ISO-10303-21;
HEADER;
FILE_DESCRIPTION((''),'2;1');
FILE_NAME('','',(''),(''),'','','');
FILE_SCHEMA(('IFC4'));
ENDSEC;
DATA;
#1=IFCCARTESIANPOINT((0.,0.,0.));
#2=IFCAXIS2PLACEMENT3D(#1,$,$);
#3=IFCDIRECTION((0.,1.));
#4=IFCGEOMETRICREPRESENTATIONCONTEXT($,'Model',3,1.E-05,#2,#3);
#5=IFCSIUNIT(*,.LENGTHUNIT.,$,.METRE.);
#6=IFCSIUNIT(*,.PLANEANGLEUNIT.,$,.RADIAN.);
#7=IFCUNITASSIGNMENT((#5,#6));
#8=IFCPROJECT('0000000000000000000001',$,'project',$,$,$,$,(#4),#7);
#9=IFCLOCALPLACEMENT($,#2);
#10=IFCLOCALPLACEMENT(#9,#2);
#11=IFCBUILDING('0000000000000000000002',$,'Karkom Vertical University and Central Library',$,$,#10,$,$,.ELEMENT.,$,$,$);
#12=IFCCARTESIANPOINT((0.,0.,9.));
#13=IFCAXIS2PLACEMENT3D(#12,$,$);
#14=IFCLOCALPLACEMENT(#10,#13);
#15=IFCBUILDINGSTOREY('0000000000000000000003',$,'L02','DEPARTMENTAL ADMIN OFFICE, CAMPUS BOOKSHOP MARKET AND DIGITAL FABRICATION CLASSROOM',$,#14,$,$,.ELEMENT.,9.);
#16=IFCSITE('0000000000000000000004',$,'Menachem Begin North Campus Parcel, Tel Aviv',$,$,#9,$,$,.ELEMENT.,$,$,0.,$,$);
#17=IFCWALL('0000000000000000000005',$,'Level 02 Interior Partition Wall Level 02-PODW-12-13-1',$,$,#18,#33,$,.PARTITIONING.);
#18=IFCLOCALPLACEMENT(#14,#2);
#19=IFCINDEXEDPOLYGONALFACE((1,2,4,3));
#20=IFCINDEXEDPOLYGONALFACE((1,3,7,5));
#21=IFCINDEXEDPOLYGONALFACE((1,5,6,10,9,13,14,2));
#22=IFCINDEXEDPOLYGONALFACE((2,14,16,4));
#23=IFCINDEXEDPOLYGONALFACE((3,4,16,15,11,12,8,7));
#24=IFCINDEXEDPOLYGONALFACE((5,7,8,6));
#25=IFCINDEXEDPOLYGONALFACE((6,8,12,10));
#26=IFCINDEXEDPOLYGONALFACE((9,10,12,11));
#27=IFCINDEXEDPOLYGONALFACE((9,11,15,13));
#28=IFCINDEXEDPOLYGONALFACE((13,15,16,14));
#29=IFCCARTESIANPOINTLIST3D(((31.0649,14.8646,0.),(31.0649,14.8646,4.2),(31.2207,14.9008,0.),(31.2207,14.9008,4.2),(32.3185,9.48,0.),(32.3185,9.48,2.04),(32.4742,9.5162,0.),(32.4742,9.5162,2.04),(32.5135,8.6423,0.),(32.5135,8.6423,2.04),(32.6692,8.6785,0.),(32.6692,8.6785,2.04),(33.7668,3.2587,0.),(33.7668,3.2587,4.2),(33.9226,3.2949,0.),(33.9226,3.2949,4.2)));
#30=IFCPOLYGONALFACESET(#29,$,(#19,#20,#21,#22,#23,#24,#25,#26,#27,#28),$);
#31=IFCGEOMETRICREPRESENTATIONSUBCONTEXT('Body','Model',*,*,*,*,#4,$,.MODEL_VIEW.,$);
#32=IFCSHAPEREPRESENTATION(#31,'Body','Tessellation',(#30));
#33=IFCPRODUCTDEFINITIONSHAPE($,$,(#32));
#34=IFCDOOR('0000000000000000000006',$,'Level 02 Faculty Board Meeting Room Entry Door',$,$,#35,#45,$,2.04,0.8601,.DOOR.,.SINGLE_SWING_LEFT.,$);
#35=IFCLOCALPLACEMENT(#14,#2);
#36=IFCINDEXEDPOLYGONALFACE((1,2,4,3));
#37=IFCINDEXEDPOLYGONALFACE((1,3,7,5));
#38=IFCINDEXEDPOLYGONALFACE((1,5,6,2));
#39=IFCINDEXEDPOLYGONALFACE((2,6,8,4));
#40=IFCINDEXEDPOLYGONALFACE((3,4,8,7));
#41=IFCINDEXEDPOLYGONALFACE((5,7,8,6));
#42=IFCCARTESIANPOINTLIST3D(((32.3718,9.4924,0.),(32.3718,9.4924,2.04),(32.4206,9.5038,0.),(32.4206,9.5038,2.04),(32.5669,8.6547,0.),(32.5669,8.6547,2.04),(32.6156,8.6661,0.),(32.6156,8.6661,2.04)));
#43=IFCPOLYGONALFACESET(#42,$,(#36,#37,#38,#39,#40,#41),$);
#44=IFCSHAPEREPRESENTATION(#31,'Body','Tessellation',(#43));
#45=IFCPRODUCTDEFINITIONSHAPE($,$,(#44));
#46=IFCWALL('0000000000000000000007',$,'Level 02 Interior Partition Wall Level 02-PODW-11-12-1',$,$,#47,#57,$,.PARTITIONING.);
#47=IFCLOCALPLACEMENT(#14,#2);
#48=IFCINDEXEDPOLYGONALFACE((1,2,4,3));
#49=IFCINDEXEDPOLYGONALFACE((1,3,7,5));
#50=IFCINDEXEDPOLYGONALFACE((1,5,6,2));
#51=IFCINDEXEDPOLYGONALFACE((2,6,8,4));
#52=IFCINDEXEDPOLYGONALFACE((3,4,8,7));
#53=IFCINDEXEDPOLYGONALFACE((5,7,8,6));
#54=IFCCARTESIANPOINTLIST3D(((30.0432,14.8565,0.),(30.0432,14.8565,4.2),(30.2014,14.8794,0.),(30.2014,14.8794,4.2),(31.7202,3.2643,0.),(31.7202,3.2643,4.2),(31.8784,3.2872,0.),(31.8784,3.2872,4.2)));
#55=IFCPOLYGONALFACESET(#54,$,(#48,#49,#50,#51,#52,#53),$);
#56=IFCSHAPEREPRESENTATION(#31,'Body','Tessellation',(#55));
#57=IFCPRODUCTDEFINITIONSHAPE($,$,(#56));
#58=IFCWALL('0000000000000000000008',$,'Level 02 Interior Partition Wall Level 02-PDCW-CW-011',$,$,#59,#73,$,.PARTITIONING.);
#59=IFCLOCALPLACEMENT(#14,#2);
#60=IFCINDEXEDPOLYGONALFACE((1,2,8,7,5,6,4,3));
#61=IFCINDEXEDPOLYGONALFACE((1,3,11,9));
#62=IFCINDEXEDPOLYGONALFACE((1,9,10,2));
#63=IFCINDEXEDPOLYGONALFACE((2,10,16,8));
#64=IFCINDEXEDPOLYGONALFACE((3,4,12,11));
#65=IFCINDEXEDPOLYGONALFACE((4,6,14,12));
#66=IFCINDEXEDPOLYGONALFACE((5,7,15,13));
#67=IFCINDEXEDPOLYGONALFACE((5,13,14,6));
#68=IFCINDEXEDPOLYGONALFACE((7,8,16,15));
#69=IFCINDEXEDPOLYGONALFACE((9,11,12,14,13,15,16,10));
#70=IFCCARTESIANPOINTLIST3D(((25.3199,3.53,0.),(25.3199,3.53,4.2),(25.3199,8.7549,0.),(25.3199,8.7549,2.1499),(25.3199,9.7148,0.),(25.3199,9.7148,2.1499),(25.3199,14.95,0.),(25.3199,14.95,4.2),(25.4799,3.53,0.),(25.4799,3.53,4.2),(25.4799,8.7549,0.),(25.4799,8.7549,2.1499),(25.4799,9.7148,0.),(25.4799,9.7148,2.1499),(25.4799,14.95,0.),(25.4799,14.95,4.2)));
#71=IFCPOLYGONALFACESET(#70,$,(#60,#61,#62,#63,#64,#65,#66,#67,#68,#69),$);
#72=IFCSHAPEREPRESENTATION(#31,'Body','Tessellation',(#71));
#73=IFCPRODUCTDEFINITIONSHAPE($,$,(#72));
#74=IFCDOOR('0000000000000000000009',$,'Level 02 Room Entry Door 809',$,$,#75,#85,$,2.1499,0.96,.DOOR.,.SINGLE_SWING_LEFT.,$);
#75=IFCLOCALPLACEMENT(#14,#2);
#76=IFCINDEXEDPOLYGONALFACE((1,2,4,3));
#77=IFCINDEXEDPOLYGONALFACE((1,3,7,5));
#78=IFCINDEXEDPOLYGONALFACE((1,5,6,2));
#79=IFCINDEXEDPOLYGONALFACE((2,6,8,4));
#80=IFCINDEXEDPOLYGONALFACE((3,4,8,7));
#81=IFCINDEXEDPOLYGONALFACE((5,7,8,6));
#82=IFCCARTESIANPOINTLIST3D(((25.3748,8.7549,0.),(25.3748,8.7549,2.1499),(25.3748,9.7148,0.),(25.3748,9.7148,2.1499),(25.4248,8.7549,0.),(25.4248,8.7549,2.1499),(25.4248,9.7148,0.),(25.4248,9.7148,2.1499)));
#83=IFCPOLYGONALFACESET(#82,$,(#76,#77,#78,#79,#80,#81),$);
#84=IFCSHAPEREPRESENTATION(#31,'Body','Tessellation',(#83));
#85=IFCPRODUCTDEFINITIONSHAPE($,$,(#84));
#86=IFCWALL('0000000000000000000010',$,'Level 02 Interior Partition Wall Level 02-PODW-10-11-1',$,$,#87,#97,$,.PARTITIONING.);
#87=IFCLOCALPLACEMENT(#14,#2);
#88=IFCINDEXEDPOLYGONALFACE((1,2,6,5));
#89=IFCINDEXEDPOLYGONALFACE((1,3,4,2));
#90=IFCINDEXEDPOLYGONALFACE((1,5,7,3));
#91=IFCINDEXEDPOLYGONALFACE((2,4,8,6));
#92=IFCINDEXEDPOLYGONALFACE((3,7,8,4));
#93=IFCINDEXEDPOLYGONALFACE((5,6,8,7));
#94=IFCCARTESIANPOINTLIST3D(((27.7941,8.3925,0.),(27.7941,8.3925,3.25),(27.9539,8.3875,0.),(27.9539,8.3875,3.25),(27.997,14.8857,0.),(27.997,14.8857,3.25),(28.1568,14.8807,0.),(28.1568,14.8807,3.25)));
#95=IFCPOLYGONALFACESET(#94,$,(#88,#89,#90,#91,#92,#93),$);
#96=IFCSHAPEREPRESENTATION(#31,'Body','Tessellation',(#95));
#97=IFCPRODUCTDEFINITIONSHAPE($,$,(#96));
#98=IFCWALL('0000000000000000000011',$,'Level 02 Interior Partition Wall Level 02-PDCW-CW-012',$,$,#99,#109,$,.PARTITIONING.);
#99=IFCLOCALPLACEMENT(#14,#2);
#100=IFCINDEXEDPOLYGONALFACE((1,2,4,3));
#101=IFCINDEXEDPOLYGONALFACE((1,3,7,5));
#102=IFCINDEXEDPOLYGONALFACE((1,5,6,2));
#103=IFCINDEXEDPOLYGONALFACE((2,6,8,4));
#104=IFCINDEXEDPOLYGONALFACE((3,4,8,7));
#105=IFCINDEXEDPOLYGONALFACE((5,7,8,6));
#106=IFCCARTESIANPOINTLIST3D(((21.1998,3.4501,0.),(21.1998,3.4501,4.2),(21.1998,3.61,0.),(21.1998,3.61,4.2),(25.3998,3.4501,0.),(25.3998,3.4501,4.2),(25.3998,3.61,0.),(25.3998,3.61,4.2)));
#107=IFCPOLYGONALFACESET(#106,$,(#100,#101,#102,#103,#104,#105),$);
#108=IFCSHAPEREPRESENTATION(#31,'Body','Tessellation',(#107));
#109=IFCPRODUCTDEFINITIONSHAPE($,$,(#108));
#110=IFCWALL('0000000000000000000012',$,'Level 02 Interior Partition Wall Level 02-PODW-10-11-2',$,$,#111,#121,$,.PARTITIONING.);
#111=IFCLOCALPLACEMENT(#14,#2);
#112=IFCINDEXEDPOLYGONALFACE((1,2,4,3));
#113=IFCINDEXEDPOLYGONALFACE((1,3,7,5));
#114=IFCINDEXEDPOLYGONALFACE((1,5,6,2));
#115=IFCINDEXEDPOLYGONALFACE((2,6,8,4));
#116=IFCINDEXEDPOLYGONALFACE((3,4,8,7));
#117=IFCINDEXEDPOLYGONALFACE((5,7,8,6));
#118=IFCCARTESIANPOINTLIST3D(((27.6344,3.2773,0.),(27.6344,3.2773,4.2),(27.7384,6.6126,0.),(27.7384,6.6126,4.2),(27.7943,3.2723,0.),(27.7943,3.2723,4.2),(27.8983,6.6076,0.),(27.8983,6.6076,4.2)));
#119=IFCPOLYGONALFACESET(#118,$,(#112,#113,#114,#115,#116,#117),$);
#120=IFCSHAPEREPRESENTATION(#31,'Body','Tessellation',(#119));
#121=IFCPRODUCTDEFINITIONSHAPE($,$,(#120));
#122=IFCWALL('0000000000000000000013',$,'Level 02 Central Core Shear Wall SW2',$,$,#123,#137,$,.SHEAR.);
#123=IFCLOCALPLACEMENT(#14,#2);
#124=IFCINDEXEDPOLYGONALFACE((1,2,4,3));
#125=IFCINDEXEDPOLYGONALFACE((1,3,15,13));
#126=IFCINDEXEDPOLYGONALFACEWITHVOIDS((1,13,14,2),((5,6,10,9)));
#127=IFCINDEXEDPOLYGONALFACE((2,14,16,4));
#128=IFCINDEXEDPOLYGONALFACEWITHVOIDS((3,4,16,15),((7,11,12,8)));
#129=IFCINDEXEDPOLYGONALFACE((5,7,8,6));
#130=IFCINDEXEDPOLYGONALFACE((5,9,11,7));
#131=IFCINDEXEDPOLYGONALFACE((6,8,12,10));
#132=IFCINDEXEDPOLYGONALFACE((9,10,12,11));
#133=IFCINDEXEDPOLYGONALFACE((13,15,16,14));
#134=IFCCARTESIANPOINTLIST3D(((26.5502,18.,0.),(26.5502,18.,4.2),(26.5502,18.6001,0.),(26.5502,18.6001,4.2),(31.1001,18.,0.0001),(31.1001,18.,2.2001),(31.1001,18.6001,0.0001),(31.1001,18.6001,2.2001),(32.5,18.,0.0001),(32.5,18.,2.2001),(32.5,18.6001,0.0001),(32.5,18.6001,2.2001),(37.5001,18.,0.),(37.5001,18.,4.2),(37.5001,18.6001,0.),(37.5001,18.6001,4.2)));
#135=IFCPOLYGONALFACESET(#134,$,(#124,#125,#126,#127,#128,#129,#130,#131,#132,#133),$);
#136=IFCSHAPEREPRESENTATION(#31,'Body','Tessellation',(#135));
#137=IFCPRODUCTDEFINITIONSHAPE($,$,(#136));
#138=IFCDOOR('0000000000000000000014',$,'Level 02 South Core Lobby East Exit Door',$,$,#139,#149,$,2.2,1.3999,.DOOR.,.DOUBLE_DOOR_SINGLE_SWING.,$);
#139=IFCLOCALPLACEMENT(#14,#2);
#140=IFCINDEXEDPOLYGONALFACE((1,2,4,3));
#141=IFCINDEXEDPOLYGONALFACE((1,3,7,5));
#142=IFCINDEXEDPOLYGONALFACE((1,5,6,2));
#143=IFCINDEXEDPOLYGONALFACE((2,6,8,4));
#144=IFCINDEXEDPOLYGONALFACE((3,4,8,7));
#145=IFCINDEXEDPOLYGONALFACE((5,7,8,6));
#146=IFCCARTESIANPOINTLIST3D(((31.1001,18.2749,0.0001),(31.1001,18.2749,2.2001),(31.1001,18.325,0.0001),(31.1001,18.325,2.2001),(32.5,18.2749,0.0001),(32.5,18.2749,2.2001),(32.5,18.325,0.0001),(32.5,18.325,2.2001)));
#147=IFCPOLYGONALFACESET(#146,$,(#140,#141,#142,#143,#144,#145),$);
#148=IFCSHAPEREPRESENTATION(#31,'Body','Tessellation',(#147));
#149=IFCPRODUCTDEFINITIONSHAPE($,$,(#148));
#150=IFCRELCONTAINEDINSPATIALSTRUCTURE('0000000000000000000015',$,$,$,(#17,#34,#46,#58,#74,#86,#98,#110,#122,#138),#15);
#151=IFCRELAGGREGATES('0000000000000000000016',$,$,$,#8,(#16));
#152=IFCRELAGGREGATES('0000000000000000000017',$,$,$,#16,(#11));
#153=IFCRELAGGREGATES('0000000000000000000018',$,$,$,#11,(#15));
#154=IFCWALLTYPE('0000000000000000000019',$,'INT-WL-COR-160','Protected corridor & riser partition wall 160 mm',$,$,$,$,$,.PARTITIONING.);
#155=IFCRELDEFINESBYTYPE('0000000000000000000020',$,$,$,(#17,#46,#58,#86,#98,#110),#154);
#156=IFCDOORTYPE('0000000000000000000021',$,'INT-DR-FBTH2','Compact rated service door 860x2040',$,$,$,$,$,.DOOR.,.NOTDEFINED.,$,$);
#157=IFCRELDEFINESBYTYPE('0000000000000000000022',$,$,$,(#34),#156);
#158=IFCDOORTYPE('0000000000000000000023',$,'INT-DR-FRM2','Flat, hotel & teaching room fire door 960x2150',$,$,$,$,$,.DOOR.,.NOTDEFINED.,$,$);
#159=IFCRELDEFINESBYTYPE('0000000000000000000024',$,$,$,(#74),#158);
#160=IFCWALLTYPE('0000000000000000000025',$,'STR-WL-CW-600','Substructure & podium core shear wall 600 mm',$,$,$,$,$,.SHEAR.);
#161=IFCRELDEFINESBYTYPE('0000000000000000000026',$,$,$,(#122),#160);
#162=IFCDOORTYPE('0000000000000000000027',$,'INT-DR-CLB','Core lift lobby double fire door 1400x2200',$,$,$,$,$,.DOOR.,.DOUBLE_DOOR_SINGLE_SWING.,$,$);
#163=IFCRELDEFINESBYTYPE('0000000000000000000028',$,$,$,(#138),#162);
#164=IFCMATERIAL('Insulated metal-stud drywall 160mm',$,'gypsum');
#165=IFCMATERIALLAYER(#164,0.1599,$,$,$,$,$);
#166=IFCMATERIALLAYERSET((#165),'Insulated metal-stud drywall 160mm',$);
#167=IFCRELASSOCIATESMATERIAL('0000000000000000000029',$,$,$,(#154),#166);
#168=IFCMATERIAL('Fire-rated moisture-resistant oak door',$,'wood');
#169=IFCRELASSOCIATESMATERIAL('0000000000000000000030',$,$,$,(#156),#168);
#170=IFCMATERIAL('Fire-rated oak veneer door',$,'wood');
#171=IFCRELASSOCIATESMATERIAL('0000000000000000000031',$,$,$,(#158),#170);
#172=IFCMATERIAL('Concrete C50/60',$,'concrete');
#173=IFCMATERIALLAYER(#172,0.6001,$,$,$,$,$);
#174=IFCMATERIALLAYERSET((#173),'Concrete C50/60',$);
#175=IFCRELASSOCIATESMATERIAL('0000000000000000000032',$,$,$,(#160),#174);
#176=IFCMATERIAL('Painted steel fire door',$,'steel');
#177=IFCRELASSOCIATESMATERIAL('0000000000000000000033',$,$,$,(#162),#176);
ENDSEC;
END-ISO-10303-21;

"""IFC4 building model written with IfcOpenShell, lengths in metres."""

from ifc_helpers import new_model, si_unit, direction, frame, frame_2d, origin, origin_with_axes, place, context, subcontext, project, spatial, rectangle, extrude, source, transform, mapped, material, layer, layer_set, type_object, element, fill, save


model = new_model("IFC4")

# Units and contexts
model_context = context("Model", 3, precision=1e-05, world=origin(), true_north=direction((0.0, 1.0)))
body_context = subcontext(model_context, "Body", "Model", "MODEL_VIEW")
ifc_project = project(units=[si_unit("LENGTHUNIT", "METRE"), si_unit("PLANEANGLEUNIT", "RADIAN")], contexts=[model_context])

# Site, building, storey
site_placement = place(None, origin())
site = spatial("IfcSite", under=ifc_project, at=site_placement, Name="Menachem Begin North Campus Parcel, Tel Aviv", CompositionType="ELEMENT", RefElevation=0.0)
building_placement = place(site_placement, origin())
building = spatial("IfcBuilding", under=site, at=building_placement, Name="Karkom Vertical University and Central Library", CompositionType="ELEMENT")
storey_placement = place(building_placement, frame((0.0, 0.0, 9.0)))
storey = spatial("IfcBuildingStorey", under=building, at=storey_placement, Name="L02", Description="DEPARTMENTAL ADMIN OFFICE, CAMPUS BOOKSHOP MARKET AND DIGITAL FABRICATION CLASSROOM", CompositionType="ELEMENT", Elevation=9.0)

# Shared definitions
ifc_material_1 = material(Name="Concrete C50/60", Category="concrete")

# Shared definitions
ifc_material_2 = material(Name="Insulated metal-stud drywall 160mm", Category="gypsum")
ifc_layer_1 = layer(ifc_material_2, 0.1599)
ifc_layer_set_1 = layer_set([ifc_layer_1], Name="Insulated metal-stud drywall 160mm")
wall_type_1 = type_object("IfcWallType", Name="INT-WL-COR-160", Description="Protected corridor & riser partition wall 160 mm", PredefinedType="PARTITIONING", material=ifc_layer_set_1)

# Wall, opening, door
wall_1_placement = place(storey_placement, frame((31.1428, 14.8826, 0.0), z_axis=(0.0, 0.0, 1.0), x_axis=(0.22674, -0.973955, 0.0)))
wall_1 = element("IfcWall", 1, at=wall_1_placement, inside=storey, type_object=wall_type_1, Name="Level 02 Interior Partition Wall Level 02-PODW-12-13-1", PredefinedType="PARTITIONING", context=body_context, shape_type="SweptSolid", body=[
    extrude(rectangle(XDim=11.9163, YDim=0.1599, at=frame_2d((5.958, 0.0))), origin(), (0.0, 0.0, 1.0), 4.2),
])
opening_1_placement = place(wall_1_placement, frame((5.5283, 0.0, 0.0)))
opening_1 = element("IfcOpeningElement", 2, at=opening_1_placement, cuts=wall_1, PredefinedType="OPENING", context=body_context, shape_type="SweptSolid", body=[
    extrude(rectangle(XDim=0.8601, YDim=2.04, at=frame_2d((0.4302, 1.02))), frame((0.0, 0.0898, 0.0), z_axis=(0.0, -1.0, 0.0), x_axis=(1.0, 0.0, 0.0)), (0.0, 0.0, 1.0), 0.1799),
])
ifc_material_3 = material(Name="Fire-rated moisture-resistant oak door", Category="wood")
door_type_1 = type_object("IfcDoorType", Name="INT-DR-FBTH2", Description="Compact rated service door 860x2040", OperationType="NOTDEFINED", PredefinedType="DOOR", material=ifc_material_3)
shared_shape_1 = source(origin_with_axes(), body_context, "Body", "SweptSolid", [
    extrude(rectangle(XDim=0.8601, YDim=2.04, at=frame_2d((0.4302, 1.02))), frame((0.0, 0.0249, 0.0), z_axis=(0.0, -1.0, 0.0), x_axis=(1.0, 0.0, 0.0)), (0.0, 0.0, 1.0), 0.05),
])
door_1_placement = place(opening_1_placement, origin())
door_1 = element("IfcDoor", 3, at=door_1_placement, inside=storey, type_object=door_type_1, Name="Level 02 Faculty Board Meeting Room Entry Door", OperationType="SINGLE_SWING_LEFT", OverallHeight=2.04, OverallWidth=0.8601, PredefinedType="DOOR", context=body_context, shape_type="MappedRepresentation", body=[
    mapped(shared_shape_1, transform((0.0, 0.0, 0.0), scale=1.0)),
])
fill(opening_1, door_1)

# Wall
wall_2_placement = place(storey_placement, frame((30.1223, 14.8679, 0.0), z_axis=(0.0, 0.0, 1.0), x_axis=(0.143175, -0.989697, 0.0)))
element("IfcWall", 4, at=wall_2_placement, inside=storey, type_object=wall_type_1, Name="Level 02 Interior Partition Wall Level 02-PODW-11-12-1", PredefinedType="PARTITIONING", context=body_context, shape_type="SweptSolid", body=[
    extrude(rectangle(XDim=11.7129, YDim=0.1599, at=frame_2d((5.8564, 0.0))), origin(), (0.0, 0.0, 1.0), 4.2),
])

# Wall, opening, door
wall_3_placement = place(storey_placement, frame((25.3999, 14.95, 0.0), z_axis=(0.0, 0.0, 1.0), x_axis=(0.0, -1.0, 0.0)))
wall_3 = element("IfcWall", 5, at=wall_3_placement, inside=storey, type_object=wall_type_1, Name="Level 02 Interior Partition Wall Level 02-PDCW-CW-011", PredefinedType="PARTITIONING", context=body_context, shape_type="SweptSolid", body=[
    extrude(rectangle(XDim=11.4199, YDim=0.1599, at=frame_2d((5.71, 0.0))), origin(), (0.0, 0.0, 1.0), 4.2),
])
opening_2_placement = place(wall_3_placement, frame((5.2351, 0.0, 0.0)))
opening_2 = element("IfcOpeningElement", 6, at=opening_2_placement, cuts=wall_3, PredefinedType="OPENING", context=body_context, shape_type="SweptSolid", body=[
    extrude(rectangle(XDim=0.96, YDim=2.1499, at=frame_2d((0.48, 1.075))), frame((0.0, 0.0898, 0.0), z_axis=(0.0, -1.0, 0.0), x_axis=(1.0, 0.0, 0.0)), (0.0, 0.0, 1.0), 0.1799),
])
ifc_material_4 = material(Name="Fire-rated oak veneer door", Category="wood")
door_type_2 = type_object("IfcDoorType", Name="INT-DR-FRM2", Description="Flat, hotel & teaching room fire door 960x2150", OperationType="NOTDEFINED", PredefinedType="DOOR", material=ifc_material_4)
shared_shape_2 = source(origin_with_axes(), body_context, "Body", "SweptSolid", [
    extrude(rectangle(XDim=0.96, YDim=2.1499, at=frame_2d((0.48, 1.075))), frame((0.0, 0.0249, 0.0), z_axis=(0.0, -1.0, 0.0), x_axis=(1.0, 0.0, 0.0)), (0.0, 0.0, 1.0), 0.05),
])
door_2_placement = place(opening_2_placement, origin())
door_2 = element("IfcDoor", 7, at=door_2_placement, inside=storey, type_object=door_type_2, Name="Level 02 Room Entry Door 809", OperationType="SINGLE_SWING_LEFT", OverallHeight=2.1499, OverallWidth=0.96, PredefinedType="DOOR", context=body_context, shape_type="MappedRepresentation", body=[
    mapped(shared_shape_2, transform((0.0, 0.0, 0.0), scale=1.0)),
])
fill(opening_2, door_2)

# Walls
wall_4_placement = place(storey_placement, frame((28.0769, 14.8831, 0.0), z_axis=(0.0, 0.0, 1.0), x_axis=(-0.03123, -0.999512, 0.0)))
element("IfcWall", 8, at=wall_4_placement, inside=storey, type_object=wall_type_1, Name="Level 02 Interior Partition Wall Level 02-PODW-10-11-1", PredefinedType="PARTITIONING", context=body_context, shape_type="SweptSolid", body=[
    extrude(rectangle(XDim=6.4963, YDim=0.1599, at=frame_2d((3.248, 0.0))), origin(), (0.0, 0.0, 1.0), 3.25),
])
wall_5_placement = place(storey_placement, frame((25.3999, 3.53, 0.0), z_axis=(0.0, 0.0, 1.0), x_axis=(-1.0, 0.0, 0.0)))
element("IfcWall", 9, at=wall_5_placement, inside=storey, type_object=wall_type_1, Name="Level 02 Interior Partition Wall Level 02-PDCW-CW-012", PredefinedType="PARTITIONING", context=body_context, shape_type="SweptSolid", body=[
    extrude(rectangle(XDim=4.2, YDim=0.1599, at=frame_2d((2.1001, 0.0))), origin(), (0.0, 0.0, 1.0), 4.2),
])
wall_6_placement = place(storey_placement, frame((27.8184, 6.6101, 0.0), z_axis=(0.0, 0.0, 1.0), x_axis=(-0.031169, -0.999514, 0.0)))
element("IfcWall", 10, at=wall_6_placement, inside=storey, type_object=wall_type_1, Name="Level 02 Interior Partition Wall Level 02-PODW-10-11-2", PredefinedType="PARTITIONING", context=body_context, shape_type="SweptSolid", body=[
    extrude(rectangle(XDim=3.3369, YDim=0.1599, at=frame_2d((1.6685, 0.0))), origin(), (0.0, 0.0, 1.0), 4.2),
])

# Wall, opening, door
ifc_layer_2 = layer(ifc_material_1, 0.6001)
ifc_layer_set_2 = layer_set([ifc_layer_2], Name="Concrete C50/60")
wall_type_2 = type_object("IfcWallType", Name="STR-WL-CW-600", Description="Substructure & podium core shear wall 600 mm", PredefinedType="SHEAR", material=ifc_layer_set_2)
wall_7_placement = place(storey_placement, frame((26.55, 18.3, 0.0), z_axis=(0.0, 0.0, 1.0), x_axis=(1.0, 0.0, 0.0)))
wall_7 = element("IfcWall", 11, at=wall_7_placement, inside=storey, type_object=wall_type_2, Name="Level 02 Central Core Shear Wall SW2", PredefinedType="SHEAR", context=body_context, shape_type="SweptSolid", body=[
    extrude(rectangle(XDim=10.95, YDim=0.6001, at=frame_2d((5.4751, 0.0))), origin(), (0.0, 0.0, 1.0), 4.2),
])
opening_3_placement = place(wall_7_placement, frame((4.55, 0.0, 0.0)))
opening_3 = element("IfcOpeningElement", 12, at=opening_3_placement, cuts=wall_7, PredefinedType="OPENING", context=body_context, shape_type="SweptSolid", body=[
    extrude(rectangle(XDim=1.3999, YDim=2.2, at=frame_2d((0.7, 1.1001))), frame((0.0, 0.3101, 0.0), z_axis=(0.0, -1.0, 0.0), x_axis=(1.0, 0.0, 0.0)), (0.0, 0.0, 1.0), 0.6201),
])
ifc_material_5 = material(Name="Painted steel fire door", Category="steel")
door_type_3 = type_object("IfcDoorType", Name="INT-DR-CLB", Description="Core lift lobby double fire door 1400x2200", OperationType="DOUBLE_DOOR_SINGLE_SWING", PredefinedType="DOOR", material=ifc_material_5)
shared_shape_3 = source(origin_with_axes(), body_context, "Body", "SweptSolid", [
    extrude(rectangle(XDim=1.3999, YDim=2.2, at=frame_2d((0.7, 1.1001))), frame((0.0, 0.0249, 0.0), z_axis=(0.0, -1.0, 0.0), x_axis=(1.0, 0.0, 0.0)), (0.0, 0.0, 1.0), 0.05),
])
door_3_placement = place(opening_3_placement, origin())
door_3 = element("IfcDoor", 13, at=door_3_placement, inside=storey, type_object=door_type_3, Name="Level 02 South Core Lobby East Exit Door", OperationType="DOUBLE_DOOR_SINGLE_SWING", OverallHeight=2.2, OverallWidth=1.3999, PredefinedType="DOOR", context=body_context, shape_type="MappedRepresentation", body=[
    mapped(shared_shape_3, transform((0.0, 0.0, 0.0), scale=1.0)),
])
fill(opening_3, door_3)

save(model, "model.ifc")
